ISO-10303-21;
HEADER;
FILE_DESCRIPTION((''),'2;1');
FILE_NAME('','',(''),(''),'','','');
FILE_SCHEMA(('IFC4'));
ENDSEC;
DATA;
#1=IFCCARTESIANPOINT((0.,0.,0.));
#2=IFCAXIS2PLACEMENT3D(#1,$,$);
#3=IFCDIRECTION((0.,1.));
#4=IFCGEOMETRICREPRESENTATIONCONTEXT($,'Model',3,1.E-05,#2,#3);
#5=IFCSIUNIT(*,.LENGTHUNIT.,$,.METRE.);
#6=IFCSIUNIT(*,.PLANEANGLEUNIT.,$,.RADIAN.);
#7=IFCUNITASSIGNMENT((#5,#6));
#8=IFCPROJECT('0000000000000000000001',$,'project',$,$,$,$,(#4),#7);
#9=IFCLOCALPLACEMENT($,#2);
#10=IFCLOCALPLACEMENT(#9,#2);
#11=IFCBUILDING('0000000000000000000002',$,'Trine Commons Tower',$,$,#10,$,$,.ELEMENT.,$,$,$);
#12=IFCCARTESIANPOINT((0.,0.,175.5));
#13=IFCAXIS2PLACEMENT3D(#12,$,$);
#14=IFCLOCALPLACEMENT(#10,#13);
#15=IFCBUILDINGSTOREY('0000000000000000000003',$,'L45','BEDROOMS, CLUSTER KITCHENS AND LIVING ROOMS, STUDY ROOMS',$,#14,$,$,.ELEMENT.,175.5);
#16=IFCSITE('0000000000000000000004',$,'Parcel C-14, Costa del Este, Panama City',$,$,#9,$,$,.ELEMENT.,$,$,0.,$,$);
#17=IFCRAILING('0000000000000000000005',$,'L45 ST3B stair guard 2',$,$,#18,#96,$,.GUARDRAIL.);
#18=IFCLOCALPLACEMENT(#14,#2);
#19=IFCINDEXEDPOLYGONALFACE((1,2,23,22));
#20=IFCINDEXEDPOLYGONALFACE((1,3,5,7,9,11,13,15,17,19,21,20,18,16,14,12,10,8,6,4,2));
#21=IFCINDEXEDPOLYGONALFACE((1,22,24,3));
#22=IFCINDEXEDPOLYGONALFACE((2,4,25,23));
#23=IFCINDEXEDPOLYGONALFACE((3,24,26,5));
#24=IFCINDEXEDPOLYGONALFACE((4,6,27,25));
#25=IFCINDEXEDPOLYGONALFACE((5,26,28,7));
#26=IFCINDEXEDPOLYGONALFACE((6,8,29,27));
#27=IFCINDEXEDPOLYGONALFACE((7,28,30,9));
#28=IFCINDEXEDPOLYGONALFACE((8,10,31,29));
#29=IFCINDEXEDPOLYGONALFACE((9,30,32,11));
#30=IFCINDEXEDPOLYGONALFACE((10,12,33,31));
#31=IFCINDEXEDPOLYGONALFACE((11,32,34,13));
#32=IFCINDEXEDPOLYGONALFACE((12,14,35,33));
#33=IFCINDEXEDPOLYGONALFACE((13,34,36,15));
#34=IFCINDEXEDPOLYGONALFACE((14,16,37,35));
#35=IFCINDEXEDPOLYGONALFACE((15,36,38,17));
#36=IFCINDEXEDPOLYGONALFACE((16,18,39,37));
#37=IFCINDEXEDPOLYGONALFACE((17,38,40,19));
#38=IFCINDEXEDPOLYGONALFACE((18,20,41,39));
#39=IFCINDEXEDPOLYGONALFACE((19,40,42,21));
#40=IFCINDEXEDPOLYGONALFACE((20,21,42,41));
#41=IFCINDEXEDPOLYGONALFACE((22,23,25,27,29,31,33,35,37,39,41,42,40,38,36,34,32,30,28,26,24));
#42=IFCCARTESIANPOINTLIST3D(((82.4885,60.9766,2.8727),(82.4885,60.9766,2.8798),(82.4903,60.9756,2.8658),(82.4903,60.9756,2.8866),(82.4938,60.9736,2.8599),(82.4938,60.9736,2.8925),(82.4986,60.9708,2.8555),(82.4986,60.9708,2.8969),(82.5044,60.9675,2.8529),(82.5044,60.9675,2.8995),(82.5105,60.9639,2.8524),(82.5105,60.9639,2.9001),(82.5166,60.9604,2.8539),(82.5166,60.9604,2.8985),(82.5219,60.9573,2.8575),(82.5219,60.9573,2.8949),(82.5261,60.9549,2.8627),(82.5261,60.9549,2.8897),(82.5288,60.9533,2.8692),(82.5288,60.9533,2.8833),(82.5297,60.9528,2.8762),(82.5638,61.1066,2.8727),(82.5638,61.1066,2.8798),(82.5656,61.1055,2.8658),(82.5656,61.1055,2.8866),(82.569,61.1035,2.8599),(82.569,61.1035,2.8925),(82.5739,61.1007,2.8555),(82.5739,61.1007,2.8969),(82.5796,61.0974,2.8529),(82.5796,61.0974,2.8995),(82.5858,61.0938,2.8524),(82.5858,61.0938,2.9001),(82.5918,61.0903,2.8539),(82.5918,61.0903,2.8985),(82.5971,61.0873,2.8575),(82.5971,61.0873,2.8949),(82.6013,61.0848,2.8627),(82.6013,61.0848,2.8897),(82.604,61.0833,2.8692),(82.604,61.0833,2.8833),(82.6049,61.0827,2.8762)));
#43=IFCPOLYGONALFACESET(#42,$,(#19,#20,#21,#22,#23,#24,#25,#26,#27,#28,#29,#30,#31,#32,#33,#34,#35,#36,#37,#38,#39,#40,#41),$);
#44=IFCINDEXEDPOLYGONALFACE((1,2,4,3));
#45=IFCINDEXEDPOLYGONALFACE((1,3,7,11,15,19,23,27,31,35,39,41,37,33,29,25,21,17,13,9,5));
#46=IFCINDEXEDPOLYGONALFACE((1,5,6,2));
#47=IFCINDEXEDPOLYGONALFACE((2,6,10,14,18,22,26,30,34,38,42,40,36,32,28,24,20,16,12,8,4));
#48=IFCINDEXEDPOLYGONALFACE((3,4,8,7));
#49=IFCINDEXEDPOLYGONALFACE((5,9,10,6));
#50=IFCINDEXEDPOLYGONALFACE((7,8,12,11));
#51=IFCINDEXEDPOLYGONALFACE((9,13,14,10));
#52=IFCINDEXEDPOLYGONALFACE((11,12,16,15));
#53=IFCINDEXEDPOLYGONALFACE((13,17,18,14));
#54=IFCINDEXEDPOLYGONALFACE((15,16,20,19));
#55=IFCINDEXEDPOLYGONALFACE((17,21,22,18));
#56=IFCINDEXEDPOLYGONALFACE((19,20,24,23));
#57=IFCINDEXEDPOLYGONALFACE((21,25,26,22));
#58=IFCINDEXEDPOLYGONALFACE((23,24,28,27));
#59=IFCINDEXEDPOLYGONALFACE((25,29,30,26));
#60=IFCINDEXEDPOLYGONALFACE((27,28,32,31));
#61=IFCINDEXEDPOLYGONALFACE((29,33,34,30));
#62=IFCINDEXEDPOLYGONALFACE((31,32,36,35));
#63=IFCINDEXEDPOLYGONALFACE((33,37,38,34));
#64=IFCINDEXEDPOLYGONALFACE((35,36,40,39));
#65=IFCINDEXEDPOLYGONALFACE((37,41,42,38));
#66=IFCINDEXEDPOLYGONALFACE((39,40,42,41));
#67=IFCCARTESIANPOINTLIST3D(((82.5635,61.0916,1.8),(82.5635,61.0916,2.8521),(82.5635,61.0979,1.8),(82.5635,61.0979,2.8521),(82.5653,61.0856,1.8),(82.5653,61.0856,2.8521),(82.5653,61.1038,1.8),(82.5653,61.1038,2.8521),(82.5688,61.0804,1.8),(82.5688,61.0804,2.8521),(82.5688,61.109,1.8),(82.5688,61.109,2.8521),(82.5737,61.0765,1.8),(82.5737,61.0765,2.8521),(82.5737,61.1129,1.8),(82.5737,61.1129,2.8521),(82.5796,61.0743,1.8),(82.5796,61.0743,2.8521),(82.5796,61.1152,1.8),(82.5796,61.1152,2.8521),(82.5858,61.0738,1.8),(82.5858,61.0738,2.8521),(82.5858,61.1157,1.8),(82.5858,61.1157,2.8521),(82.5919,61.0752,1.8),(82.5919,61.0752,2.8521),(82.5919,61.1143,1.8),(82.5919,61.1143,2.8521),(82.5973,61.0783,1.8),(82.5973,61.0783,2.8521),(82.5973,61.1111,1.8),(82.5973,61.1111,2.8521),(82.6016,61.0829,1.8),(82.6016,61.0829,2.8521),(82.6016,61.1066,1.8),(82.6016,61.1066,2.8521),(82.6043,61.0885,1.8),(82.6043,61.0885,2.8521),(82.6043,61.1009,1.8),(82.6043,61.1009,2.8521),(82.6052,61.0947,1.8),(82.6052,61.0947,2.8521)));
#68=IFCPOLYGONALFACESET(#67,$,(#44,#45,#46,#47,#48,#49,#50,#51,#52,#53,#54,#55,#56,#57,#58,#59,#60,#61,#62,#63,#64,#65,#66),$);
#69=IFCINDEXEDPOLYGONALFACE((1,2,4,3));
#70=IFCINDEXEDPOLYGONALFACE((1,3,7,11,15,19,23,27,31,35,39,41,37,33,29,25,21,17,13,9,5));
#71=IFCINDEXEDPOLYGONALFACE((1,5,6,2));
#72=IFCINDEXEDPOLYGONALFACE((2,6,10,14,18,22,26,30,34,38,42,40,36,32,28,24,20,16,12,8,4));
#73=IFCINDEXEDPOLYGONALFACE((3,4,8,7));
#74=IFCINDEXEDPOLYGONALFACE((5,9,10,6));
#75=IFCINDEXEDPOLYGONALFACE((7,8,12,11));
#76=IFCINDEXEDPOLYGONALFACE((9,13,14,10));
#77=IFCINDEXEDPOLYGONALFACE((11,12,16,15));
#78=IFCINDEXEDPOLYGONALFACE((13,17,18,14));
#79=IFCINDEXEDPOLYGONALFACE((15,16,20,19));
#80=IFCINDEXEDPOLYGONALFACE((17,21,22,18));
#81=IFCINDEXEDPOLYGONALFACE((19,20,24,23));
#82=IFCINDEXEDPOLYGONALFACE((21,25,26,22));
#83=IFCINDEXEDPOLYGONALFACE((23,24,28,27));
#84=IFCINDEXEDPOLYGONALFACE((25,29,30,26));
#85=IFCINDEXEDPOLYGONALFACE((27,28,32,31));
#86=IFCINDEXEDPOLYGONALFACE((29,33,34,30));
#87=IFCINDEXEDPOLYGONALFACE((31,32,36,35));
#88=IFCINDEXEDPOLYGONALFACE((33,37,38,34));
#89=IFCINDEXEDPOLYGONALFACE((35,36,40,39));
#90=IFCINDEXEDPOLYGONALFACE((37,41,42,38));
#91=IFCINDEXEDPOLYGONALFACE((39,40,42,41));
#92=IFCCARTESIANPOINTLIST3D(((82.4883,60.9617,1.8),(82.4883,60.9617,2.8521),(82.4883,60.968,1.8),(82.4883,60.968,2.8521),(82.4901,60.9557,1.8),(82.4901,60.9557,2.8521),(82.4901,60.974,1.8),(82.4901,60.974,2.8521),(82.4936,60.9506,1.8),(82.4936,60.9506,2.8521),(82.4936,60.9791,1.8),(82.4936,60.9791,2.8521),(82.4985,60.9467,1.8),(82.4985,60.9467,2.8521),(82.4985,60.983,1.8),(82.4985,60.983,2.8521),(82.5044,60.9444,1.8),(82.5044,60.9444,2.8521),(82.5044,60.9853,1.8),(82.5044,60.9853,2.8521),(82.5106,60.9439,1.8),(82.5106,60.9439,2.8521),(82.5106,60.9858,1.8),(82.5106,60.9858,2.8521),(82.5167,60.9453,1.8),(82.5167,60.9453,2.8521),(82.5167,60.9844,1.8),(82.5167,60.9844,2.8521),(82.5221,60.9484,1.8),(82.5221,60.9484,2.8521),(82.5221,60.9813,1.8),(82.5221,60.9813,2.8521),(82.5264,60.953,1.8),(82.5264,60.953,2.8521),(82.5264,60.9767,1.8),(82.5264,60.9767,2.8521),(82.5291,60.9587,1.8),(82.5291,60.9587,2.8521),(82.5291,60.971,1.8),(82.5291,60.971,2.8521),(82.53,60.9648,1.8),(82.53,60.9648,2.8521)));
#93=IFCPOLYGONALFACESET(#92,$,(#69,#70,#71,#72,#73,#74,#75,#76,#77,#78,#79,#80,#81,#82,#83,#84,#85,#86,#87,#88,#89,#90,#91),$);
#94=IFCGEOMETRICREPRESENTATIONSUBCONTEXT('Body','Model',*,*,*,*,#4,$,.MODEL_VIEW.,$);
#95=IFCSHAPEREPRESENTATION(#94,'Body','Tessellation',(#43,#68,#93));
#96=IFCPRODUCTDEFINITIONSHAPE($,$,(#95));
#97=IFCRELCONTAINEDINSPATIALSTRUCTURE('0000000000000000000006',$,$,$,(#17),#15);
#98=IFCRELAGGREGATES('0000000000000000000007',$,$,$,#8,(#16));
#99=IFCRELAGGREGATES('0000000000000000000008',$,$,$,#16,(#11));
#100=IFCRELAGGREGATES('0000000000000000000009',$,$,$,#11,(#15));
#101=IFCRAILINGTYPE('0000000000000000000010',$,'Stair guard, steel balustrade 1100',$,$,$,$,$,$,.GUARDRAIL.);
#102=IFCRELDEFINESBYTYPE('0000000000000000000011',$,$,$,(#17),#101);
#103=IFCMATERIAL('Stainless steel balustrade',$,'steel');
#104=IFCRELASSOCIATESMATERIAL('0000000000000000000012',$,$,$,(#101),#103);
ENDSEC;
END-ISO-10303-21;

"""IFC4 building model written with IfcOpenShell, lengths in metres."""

from ifc_helpers import new_model, si_unit, direction, frame, origin, origin_2d, place, context, subcontext, project, spatial, circle, extrude, material, type_object, element, save


model = new_model("IFC4")

# Units and contexts
model_context = context("Model", 3, precision=1e-05, world=origin(), true_north=direction((0.0, 1.0)))
body_context = subcontext(model_context, "Body", "Model", "MODEL_VIEW")
ifc_project = project(units=[si_unit("LENGTHUNIT", "METRE"), si_unit("PLANEANGLEUNIT", "RADIAN")], contexts=[model_context])

# Site, building, storey
site_placement = place(None, origin())
site = spatial("IfcSite", under=ifc_project, at=site_placement, Name="Parcel C-14, Costa del Este, Panama City", CompositionType="ELEMENT", RefElevation=0.0)
building_placement = place(site_placement, origin())
building = spatial("IfcBuilding", under=site, at=building_placement, Name="Trine Commons Tower", CompositionType="ELEMENT")
storey_placement = place(building_placement, frame((0.0, 0.0, 175.5)))
storey = spatial("IfcBuildingStorey", under=building, at=storey_placement, Name="L45", Description="BEDROOMS, CLUSTER KITCHENS AND LIVING ROOMS, STUDY ROOMS", CompositionType="ELEMENT", Elevation=175.5)

# Railing
ifc_material_1 = material(Name="Stainless steel balustrade", Category="steel")
railing_type_1 = type_object("IfcRailingType", Name="Stair guard, steel balustrade 1100", PredefinedType="GUARDRAIL", material=ifc_material_1)
railing_1_placement = place(storey_placement, frame((82.5842, 61.0947, 1.8)))
element("IfcRailing", 1, at=railing_1_placement, inside=storey, type_object=railing_type_1, Name="L45 ST3B stair guard 2", PredefinedType="GUARDRAIL", context=body_context, shape_type="SweptSolid", body=[
    extrude(circle(Radius=0.0239, at=origin_2d()), frame((0.0, 0.0, 1.0762), z_axis=(-0.501036, -0.865426, 0.0), x_axis=(0.865426, -0.501036, 0.0)), (0.0, 0.0, 1.0), 0.1501),
    extrude(circle(Radius=0.021, at=origin_2d()), origin(), (0.0, 0.0, 1.0), 1.052),
    extrude(circle(Radius=0.021, at=origin_2d()), frame((-0.0752, -0.1299, 0.0)), (0.0, 0.0, 1.0), 1.052),
])

save(model, "model.ifc")
